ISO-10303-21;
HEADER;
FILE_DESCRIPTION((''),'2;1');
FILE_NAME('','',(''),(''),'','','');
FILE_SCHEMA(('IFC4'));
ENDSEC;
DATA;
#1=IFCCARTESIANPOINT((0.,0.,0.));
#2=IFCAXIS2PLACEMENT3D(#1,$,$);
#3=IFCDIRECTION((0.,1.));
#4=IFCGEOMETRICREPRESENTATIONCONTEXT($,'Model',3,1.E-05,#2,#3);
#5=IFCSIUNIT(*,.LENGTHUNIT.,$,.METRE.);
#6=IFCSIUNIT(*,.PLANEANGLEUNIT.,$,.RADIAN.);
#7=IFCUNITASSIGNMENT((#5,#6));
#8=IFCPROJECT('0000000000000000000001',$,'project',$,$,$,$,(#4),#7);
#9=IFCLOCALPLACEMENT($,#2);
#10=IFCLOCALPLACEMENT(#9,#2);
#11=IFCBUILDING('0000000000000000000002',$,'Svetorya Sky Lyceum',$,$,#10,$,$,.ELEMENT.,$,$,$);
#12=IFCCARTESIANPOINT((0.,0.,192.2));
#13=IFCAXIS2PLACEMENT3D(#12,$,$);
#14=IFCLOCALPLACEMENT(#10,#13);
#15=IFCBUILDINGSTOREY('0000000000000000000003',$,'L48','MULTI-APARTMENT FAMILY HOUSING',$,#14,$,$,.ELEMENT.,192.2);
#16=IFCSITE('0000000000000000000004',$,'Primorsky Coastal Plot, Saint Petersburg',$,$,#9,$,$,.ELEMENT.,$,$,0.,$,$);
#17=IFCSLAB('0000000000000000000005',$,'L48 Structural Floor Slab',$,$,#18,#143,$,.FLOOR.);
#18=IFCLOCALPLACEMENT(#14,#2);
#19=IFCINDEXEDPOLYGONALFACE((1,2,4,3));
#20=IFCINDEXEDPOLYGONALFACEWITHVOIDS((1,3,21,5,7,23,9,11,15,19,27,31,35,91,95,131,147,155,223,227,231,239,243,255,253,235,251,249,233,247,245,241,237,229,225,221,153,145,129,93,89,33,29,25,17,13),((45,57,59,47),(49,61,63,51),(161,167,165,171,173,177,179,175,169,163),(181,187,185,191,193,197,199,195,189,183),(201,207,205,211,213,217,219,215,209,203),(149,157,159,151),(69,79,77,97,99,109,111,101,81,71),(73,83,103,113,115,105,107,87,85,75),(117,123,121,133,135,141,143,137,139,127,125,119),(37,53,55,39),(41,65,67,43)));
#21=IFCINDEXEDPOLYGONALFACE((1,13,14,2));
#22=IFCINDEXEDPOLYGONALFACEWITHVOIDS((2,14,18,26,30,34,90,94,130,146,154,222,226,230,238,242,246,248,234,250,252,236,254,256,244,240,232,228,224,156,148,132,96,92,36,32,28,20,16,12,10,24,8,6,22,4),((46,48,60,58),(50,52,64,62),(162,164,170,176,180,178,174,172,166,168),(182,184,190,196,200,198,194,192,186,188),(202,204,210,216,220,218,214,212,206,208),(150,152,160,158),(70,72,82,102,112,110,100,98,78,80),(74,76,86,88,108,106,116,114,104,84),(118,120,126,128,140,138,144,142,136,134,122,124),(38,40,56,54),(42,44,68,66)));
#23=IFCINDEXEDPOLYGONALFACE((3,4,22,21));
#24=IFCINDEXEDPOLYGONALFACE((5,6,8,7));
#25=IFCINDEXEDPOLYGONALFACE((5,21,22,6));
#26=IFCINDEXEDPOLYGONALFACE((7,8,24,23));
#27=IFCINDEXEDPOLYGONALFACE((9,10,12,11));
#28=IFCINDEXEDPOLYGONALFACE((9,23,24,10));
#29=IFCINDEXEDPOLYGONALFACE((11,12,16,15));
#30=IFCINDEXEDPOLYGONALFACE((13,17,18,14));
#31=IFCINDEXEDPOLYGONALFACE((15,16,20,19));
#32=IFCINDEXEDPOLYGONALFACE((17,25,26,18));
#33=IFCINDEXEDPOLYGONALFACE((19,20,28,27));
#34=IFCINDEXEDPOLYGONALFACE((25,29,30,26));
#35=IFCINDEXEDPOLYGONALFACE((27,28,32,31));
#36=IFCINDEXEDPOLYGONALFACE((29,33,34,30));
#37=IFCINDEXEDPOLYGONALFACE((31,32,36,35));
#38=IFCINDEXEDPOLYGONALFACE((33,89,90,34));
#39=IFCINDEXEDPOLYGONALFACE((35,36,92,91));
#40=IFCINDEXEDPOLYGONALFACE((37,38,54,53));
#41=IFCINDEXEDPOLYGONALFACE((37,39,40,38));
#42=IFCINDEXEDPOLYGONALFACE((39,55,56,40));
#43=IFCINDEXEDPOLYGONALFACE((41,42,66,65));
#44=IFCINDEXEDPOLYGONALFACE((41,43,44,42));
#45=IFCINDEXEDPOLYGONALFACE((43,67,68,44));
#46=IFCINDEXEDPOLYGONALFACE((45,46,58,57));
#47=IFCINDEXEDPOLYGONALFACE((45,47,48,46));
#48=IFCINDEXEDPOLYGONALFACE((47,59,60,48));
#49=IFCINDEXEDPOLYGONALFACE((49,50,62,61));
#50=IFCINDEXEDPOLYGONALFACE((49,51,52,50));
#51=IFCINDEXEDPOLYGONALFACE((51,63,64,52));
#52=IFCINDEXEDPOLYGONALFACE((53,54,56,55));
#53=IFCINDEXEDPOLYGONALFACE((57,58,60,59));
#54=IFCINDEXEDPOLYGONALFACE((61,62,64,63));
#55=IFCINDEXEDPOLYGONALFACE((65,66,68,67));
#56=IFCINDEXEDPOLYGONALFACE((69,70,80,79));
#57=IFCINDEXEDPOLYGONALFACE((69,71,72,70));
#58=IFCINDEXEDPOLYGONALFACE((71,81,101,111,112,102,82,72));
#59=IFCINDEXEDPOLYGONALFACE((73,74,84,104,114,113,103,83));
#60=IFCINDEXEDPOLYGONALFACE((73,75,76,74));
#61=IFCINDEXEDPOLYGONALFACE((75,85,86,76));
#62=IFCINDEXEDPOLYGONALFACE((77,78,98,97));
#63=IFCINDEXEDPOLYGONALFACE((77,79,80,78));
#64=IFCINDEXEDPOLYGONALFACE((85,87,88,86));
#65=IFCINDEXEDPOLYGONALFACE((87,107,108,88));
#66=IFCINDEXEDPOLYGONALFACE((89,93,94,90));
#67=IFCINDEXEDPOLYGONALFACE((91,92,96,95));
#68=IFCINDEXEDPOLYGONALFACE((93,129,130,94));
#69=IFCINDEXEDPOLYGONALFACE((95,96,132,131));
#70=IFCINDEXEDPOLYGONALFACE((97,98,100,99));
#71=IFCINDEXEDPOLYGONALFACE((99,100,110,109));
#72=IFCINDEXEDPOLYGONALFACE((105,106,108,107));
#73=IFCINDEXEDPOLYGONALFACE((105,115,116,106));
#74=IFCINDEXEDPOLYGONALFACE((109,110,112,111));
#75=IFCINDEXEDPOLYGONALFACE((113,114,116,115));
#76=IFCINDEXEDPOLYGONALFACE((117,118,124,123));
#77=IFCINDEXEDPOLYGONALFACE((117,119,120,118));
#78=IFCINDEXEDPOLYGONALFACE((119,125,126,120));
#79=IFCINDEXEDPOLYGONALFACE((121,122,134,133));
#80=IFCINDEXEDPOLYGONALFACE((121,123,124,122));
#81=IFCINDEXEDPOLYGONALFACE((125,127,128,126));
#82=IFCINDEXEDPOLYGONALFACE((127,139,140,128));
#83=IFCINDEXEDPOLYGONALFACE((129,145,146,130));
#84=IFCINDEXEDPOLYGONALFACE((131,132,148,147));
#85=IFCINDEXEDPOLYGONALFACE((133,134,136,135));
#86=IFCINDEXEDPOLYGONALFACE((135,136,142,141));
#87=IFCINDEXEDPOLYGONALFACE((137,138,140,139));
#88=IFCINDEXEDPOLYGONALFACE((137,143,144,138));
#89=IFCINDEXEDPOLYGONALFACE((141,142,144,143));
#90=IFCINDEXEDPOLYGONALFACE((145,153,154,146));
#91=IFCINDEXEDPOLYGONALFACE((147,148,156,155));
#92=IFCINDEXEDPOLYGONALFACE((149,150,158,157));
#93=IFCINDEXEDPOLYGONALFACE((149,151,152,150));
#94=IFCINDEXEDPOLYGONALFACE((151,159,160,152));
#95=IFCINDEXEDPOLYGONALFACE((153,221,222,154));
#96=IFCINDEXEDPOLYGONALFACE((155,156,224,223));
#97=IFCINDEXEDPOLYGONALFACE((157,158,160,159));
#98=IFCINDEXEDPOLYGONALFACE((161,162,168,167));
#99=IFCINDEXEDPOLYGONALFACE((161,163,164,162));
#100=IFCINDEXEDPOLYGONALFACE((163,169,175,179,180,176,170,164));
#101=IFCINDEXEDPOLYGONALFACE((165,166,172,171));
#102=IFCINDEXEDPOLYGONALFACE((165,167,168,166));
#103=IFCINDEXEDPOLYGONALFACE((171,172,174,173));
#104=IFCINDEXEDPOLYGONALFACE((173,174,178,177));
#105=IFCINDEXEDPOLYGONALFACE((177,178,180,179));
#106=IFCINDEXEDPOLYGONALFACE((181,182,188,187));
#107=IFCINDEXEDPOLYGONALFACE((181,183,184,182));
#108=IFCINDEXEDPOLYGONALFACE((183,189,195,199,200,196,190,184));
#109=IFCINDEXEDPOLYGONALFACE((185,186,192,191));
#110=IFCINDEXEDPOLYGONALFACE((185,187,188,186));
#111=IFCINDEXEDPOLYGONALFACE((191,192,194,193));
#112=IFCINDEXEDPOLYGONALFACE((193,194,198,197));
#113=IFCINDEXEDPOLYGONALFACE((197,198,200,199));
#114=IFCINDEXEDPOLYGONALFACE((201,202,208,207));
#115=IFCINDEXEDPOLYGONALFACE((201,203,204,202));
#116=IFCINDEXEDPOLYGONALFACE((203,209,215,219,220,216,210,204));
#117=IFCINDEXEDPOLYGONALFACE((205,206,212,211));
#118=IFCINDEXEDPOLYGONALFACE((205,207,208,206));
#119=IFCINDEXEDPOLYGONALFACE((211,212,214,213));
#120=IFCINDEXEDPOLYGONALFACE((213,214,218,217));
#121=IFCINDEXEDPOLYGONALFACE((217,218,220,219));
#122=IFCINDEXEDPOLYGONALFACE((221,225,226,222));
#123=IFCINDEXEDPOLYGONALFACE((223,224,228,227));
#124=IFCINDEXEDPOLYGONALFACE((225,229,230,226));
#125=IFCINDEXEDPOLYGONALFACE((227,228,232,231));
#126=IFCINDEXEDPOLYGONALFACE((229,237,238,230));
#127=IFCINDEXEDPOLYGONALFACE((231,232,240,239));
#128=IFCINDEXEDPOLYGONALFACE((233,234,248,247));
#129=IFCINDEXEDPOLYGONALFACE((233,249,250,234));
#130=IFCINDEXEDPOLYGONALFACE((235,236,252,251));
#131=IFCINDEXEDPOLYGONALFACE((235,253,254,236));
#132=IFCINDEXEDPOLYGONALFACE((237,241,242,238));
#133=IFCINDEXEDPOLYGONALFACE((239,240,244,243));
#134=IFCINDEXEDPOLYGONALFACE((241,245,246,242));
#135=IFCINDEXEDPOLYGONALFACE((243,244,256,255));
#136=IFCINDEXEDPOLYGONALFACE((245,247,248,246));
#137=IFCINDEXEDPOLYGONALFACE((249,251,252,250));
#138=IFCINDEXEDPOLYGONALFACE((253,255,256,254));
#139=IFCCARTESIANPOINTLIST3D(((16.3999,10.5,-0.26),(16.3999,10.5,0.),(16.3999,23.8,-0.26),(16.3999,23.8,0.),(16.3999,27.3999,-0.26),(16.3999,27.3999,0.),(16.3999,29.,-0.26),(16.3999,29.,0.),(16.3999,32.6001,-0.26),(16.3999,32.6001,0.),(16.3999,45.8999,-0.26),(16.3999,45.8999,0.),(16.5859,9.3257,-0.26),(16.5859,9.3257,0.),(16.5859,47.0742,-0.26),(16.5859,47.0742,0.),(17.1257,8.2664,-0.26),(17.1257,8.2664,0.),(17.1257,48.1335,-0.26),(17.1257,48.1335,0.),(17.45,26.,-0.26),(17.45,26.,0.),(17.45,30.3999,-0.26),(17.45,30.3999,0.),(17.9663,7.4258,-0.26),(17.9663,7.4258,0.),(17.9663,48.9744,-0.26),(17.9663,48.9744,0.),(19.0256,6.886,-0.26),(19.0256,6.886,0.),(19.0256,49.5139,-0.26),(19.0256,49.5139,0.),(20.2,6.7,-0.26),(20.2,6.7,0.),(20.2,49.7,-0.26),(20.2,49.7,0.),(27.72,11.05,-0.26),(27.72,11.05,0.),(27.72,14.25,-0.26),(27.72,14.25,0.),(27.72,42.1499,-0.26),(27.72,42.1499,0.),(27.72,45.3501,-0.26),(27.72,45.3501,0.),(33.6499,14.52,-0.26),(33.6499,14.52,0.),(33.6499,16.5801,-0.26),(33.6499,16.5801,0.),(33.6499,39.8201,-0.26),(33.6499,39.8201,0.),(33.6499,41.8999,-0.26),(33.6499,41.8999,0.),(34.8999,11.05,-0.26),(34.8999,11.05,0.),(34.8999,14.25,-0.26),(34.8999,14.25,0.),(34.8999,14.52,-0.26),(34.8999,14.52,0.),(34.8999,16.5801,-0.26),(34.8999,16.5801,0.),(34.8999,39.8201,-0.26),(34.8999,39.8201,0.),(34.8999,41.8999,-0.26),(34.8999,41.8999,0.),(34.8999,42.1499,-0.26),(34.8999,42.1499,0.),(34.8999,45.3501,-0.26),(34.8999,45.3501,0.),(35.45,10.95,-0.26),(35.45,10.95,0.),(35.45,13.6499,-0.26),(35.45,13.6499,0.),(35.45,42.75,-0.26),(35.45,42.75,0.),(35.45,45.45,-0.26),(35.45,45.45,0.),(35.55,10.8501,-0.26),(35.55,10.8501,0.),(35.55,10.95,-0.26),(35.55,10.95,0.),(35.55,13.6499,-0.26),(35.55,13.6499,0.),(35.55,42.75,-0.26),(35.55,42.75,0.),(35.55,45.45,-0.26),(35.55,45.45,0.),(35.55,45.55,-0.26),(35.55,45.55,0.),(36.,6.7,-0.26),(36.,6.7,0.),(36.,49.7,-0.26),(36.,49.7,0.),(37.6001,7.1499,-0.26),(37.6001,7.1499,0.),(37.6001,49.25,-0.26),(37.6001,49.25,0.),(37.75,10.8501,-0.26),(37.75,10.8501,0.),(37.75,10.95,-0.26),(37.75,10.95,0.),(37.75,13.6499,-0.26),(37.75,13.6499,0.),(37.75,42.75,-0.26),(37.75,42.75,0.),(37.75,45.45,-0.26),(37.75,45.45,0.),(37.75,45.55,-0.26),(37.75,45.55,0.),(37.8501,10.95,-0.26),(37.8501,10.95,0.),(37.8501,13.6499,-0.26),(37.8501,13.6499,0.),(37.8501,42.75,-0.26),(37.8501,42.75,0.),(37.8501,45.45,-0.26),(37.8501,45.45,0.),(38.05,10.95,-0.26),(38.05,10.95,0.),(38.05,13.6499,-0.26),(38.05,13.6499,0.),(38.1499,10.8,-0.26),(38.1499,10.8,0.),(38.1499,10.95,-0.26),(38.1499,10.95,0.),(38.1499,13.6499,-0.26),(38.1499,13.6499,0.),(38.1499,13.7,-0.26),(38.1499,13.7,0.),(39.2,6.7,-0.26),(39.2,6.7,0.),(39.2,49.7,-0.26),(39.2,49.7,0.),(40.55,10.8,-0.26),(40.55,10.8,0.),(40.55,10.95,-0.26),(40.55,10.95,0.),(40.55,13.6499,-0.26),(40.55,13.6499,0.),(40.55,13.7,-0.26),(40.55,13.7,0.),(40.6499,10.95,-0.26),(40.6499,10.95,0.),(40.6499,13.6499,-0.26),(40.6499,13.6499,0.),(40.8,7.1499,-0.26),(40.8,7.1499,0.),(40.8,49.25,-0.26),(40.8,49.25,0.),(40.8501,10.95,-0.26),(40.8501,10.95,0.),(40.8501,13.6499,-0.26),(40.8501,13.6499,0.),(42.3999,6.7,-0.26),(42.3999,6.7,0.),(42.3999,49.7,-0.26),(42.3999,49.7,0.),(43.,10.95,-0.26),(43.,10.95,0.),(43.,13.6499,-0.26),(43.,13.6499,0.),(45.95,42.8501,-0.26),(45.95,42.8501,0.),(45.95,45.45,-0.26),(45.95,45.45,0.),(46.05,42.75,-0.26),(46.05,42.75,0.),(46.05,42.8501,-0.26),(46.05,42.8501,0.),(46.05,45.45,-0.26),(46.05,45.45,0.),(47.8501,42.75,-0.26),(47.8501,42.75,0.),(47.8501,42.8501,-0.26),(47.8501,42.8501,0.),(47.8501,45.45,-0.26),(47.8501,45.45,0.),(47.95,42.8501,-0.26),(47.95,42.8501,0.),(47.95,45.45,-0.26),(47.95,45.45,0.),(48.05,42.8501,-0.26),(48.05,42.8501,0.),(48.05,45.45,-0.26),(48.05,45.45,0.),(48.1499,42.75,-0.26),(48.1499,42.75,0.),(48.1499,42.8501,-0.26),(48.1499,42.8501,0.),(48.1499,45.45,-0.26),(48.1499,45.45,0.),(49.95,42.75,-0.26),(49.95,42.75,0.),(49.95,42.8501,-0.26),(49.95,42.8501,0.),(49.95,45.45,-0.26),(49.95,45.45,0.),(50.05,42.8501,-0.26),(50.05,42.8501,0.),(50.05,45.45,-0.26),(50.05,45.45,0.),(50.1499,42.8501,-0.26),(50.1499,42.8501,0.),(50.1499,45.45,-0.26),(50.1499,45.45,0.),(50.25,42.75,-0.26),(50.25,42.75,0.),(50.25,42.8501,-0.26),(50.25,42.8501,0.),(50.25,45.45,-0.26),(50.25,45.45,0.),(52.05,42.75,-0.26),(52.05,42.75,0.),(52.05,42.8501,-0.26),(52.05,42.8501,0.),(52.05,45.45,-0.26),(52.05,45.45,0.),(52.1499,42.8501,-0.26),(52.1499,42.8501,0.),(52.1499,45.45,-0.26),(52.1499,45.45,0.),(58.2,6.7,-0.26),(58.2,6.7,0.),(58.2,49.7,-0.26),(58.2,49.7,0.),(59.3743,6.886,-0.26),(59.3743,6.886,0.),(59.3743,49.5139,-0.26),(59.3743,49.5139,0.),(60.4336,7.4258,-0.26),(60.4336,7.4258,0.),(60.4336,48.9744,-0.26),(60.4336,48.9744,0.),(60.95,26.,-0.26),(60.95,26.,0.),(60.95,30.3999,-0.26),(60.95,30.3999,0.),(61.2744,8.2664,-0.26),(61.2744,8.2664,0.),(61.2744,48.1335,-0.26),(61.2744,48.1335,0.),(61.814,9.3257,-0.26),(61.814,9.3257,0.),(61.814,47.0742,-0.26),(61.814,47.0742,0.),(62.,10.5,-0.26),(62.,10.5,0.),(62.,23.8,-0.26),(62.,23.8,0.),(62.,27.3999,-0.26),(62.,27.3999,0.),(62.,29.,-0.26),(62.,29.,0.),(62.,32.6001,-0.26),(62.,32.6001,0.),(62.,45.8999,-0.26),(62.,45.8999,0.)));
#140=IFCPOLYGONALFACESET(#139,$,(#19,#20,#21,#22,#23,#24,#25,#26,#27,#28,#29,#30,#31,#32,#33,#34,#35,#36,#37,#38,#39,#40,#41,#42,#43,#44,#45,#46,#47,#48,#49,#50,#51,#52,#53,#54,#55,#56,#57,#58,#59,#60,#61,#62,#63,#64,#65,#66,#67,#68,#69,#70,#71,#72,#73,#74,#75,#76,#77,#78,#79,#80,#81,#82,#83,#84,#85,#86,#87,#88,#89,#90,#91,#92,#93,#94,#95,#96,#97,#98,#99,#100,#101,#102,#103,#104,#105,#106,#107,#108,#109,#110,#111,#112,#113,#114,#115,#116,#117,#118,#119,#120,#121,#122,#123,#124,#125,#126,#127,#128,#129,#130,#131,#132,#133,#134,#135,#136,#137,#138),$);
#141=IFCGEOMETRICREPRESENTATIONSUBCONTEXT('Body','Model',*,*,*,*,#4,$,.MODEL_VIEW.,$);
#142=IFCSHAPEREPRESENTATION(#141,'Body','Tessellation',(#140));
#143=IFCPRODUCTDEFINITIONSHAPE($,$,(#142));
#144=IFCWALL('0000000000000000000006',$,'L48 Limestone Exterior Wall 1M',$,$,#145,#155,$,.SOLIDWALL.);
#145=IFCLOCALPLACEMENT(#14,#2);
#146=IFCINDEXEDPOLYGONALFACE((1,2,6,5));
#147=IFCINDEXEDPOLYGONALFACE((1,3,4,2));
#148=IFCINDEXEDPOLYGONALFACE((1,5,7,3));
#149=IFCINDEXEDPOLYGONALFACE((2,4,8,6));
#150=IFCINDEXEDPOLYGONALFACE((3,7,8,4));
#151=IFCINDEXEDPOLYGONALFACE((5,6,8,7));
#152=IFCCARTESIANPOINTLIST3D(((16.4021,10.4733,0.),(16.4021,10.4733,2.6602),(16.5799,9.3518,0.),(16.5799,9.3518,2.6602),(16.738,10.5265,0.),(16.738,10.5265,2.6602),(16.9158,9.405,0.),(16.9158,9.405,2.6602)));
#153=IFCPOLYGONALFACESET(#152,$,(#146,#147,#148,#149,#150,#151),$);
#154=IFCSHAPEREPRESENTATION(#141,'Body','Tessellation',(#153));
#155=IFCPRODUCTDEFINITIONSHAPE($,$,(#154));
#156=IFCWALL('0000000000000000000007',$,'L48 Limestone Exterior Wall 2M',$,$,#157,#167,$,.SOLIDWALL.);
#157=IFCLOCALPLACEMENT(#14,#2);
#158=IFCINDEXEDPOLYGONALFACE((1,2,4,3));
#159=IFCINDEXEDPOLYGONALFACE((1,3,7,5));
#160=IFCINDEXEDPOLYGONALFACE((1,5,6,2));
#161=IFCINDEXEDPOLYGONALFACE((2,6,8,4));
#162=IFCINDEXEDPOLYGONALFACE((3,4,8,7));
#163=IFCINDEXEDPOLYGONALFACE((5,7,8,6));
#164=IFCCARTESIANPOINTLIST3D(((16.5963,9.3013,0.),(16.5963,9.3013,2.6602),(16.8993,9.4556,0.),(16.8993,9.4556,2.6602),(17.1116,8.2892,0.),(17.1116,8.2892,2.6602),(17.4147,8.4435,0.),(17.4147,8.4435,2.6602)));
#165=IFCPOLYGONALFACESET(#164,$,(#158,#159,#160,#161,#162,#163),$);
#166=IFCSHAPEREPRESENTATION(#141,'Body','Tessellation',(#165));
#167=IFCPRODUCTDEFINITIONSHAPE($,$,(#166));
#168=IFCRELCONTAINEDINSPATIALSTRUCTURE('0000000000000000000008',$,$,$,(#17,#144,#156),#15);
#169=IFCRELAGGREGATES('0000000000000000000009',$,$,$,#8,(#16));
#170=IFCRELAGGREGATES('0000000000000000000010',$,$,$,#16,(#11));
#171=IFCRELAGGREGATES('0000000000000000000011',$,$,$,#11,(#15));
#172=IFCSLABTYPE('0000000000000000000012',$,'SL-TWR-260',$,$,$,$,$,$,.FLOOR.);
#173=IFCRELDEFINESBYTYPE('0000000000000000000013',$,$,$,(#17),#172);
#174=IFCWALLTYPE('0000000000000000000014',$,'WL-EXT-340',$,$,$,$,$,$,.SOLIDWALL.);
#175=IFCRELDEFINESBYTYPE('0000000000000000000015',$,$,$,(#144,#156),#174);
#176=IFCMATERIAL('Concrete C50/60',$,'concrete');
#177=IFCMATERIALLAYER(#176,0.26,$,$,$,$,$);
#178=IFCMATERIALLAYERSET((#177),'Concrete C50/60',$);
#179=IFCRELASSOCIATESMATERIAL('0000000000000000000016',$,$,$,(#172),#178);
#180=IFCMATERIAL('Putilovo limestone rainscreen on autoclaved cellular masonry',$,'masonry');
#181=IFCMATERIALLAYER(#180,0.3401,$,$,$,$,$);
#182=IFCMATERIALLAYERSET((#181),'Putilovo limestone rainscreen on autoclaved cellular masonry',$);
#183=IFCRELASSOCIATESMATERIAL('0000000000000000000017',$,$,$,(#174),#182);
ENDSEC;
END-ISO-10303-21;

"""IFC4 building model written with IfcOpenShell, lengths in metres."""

from ifc_helpers import new_model, si_unit, direction, frame, frame_2d, origin, place, context, subcontext, project, spatial, polyline, rectangle, outline, extrude, material, layer, layer_set, type_object, element, save


model = new_model("IFC4")

# Units and contexts
model_context = context("Model", 3, precision=1e-05, world=origin(), true_north=direction((0.0, 1.0)))
body_context = subcontext(model_context, "Body", "Model", "MODEL_VIEW")
ifc_project = project(units=[si_unit("LENGTHUNIT", "METRE"), si_unit("PLANEANGLEUNIT", "RADIAN")], contexts=[model_context])

# Site, building, storey
site_placement = place(None, origin())
site = spatial("IfcSite", under=ifc_project, at=site_placement, Name="Primorsky Coastal Plot, Saint Petersburg", CompositionType="ELEMENT", RefElevation=0.0)
building_placement = place(site_placement, origin())
building = spatial("IfcBuilding", under=site, at=building_placement, Name="Svetorya Sky Lyceum", CompositionType="ELEMENT")
storey_placement = place(building_placement, frame((0.0, 0.0, 192.2)))
storey = spatial("IfcBuildingStorey", under=building, at=storey_placement, Name="L48", Description="MULTI-APARTMENT FAMILY HOUSING", CompositionType="ELEMENT", Elevation=192.2)

# Shared definitions
ifc_material_1 = material(Name="Concrete C50/60", Category="concrete")

# Slab
ifc_layer_1 = layer(ifc_material_1, 0.26)
ifc_layer_set_1 = layer_set([ifc_layer_1], Name="Concrete C50/60")
slab_type_1 = type_object("IfcSlabType", Name="SL-TWR-260", PredefinedType="FLOOR", material=ifc_layer_set_1)
slab_1_placement = place(storey_placement, frame((0.0, 0.0, -0.26)))
element("IfcSlab", 1, at=slab_1_placement, inside=storey, type_object=slab_type_1, Name="L48 Structural Floor Slab", PredefinedType="FLOOR", context=body_context, shape_type="SweptSolid", body=[
    extrude(outline(polyline([(16.3999, 10.5), (16.5859, 9.3257), (17.1257, 8.2664), (17.9663, 7.4258), (19.0256, 6.886), (20.2, 6.7), (36.0, 6.7), (37.6001, 7.1499), (39.2, 6.7), (40.8, 7.1499), (42.3999, 6.7), (58.2, 6.7), (59.3743, 6.886), (60.4336, 7.4258), (61.2744, 8.2664), (61.814, 9.3257), (62.0, 10.5), (62.0, 23.8), (60.95, 26.0), (62.0, 27.3999), (62.0, 29.0), (60.95, 30.3999), (62.0, 32.6001), (62.0, 45.8999), (61.814, 47.0742), (61.2744, 48.1335), (60.4336, 48.9744), (59.3743, 49.5139), (58.2, 49.7), (42.3999, 49.7), (40.8, 49.25), (39.2, 49.7), (37.6001, 49.25), (36.0, 49.7), (20.2, 49.7), (19.0256, 49.5139), (17.9663, 48.9744), (17.1257, 48.1335), (16.5859, 47.0742), (16.3999, 45.8999), (16.3999, 32.6001), (17.45, 30.3999), (16.3999, 29.0), (16.3999, 27.3999), (17.45, 26.0), (16.3999, 23.8), (16.3999, 10.5)]), holes=[polyline([(37.8501, 10.95), (37.75, 10.95), (37.75, 10.8501), (35.55, 10.8501), (35.55, 10.95), (35.45, 10.95), (35.45, 13.6499), (35.55, 13.6499), (37.75, 13.6499), (37.8501, 13.6499), (37.8501, 10.95)]), polyline([(38.1499, 10.8), (38.1499, 10.95), (38.05, 10.95), (38.05, 13.6499), (38.1499, 13.6499), (38.1499, 13.7), (40.55, 13.7), (40.55, 13.6499), (40.6499, 13.6499), (40.6499, 10.95), (40.55, 10.95), (40.55, 10.8), (38.1499, 10.8)]), polyline([(27.72, 11.05), (27.72, 14.25), (34.8999, 14.25), (34.8999, 11.05), (27.72, 11.05)]), polyline([(33.6499, 14.52), (33.6499, 16.5801), (34.8999, 16.5801), (34.8999, 14.52), (33.6499, 14.52)]), polyline([(33.6499, 39.8201), (33.6499, 41.8999), (34.8999, 41.8999), (34.8999, 39.8201), (33.6499, 39.8201)]), polyline([(27.72, 42.1499), (27.72, 45.3501), (34.8999, 45.3501), (34.8999, 42.1499), (27.72, 42.1499)]), polyline([(37.75, 42.75), (35.55, 42.75), (35.45, 42.75), (35.45, 45.45), (35.55, 45.45), (35.55, 45.55), (37.75, 45.55), (37.75, 45.45), (37.8501, 45.45), (37.8501, 42.75), (37.75, 42.75)]), polyline([(40.8501, 10.95), (40.8501, 13.6499), (43.0, 13.6499), (43.0, 10.95), (40.8501, 10.95)]), polyline([(46.05, 42.75), (46.05, 42.8501), (45.95, 42.8501), (45.95, 45.45), (46.05, 45.45), (47.8501, 45.45), (47.95, 45.45), (47.95, 42.8501), (47.8501, 42.8501), (47.8501, 42.75), (46.05, 42.75)]), polyline([(50.05, 42.8501), (49.95, 42.8501), (49.95, 42.75), (48.1499, 42.75), (48.1499, 42.8501), (48.05, 42.8501), (48.05, 45.45), (48.1499, 45.45), (49.95, 45.45), (50.05, 45.45), (50.05, 42.8501)]), polyline([(52.1499, 42.8501), (52.05, 42.8501), (52.05, 42.75), (50.25, 42.75), (50.25, 42.8501), (50.1499, 42.8501), (50.1499, 45.45), (50.25, 45.45), (52.05, 45.45), (52.1499, 45.45), (52.1499, 42.8501)])]), origin(), (0.0, 0.0, 1.0), 0.26),
])

# Walls
ifc_material_2 = material(Name="Putilovo limestone rainscreen on autoclaved cellular masonry", Category="masonry")
ifc_layer_2 = layer(ifc_material_2, 0.3401)
ifc_layer_set_2 = layer_set([ifc_layer_2], Name="Putilovo limestone rainscreen on autoclaved cellular masonry")
wall_type_1 = type_object("IfcWallType", Name="WL-EXT-340", PredefinedType="SOLIDWALL", material=ifc_layer_set_2)
wall_1_placement = place(storey_placement, frame((16.5701, 10.5, 0.0), z_axis=(0.0, 0.0, 1.0), x_axis=(0.156515, -0.987676, 0.0)))
element("IfcWall", 2, at=wall_1_placement, inside=storey, type_object=wall_type_1, Name="L48 Limestone Exterior Wall 1M", PredefinedType="SOLIDWALL", context=body_context, shape_type="SweptSolid", body=[
    extrude(rectangle(XDim=1.1355, YDim=0.3401, at=frame_2d((0.5679, 0.0))), origin(), (0.0, 0.0, 1.0), 2.6602),
])
wall_2_placement = place(storey_placement, frame((16.7478, 9.3784, 0.0), z_axis=(0.0, 0.0, 1.0), x_axis=(0.453736, -0.891136, 0.0)))
element("IfcWall", 3, at=wall_2_placement, inside=storey, type_object=wall_type_1, Name="L48 Limestone Exterior Wall 2M", PredefinedType="SOLIDWALL", context=body_context, shape_type="SweptSolid", body=[
    extrude(rectangle(XDim=1.1357, YDim=0.3401, at=frame_2d((0.5679, 0.0))), origin(), (0.0, 0.0, 1.0), 2.6602),
])

save(model, "model.ifc")
